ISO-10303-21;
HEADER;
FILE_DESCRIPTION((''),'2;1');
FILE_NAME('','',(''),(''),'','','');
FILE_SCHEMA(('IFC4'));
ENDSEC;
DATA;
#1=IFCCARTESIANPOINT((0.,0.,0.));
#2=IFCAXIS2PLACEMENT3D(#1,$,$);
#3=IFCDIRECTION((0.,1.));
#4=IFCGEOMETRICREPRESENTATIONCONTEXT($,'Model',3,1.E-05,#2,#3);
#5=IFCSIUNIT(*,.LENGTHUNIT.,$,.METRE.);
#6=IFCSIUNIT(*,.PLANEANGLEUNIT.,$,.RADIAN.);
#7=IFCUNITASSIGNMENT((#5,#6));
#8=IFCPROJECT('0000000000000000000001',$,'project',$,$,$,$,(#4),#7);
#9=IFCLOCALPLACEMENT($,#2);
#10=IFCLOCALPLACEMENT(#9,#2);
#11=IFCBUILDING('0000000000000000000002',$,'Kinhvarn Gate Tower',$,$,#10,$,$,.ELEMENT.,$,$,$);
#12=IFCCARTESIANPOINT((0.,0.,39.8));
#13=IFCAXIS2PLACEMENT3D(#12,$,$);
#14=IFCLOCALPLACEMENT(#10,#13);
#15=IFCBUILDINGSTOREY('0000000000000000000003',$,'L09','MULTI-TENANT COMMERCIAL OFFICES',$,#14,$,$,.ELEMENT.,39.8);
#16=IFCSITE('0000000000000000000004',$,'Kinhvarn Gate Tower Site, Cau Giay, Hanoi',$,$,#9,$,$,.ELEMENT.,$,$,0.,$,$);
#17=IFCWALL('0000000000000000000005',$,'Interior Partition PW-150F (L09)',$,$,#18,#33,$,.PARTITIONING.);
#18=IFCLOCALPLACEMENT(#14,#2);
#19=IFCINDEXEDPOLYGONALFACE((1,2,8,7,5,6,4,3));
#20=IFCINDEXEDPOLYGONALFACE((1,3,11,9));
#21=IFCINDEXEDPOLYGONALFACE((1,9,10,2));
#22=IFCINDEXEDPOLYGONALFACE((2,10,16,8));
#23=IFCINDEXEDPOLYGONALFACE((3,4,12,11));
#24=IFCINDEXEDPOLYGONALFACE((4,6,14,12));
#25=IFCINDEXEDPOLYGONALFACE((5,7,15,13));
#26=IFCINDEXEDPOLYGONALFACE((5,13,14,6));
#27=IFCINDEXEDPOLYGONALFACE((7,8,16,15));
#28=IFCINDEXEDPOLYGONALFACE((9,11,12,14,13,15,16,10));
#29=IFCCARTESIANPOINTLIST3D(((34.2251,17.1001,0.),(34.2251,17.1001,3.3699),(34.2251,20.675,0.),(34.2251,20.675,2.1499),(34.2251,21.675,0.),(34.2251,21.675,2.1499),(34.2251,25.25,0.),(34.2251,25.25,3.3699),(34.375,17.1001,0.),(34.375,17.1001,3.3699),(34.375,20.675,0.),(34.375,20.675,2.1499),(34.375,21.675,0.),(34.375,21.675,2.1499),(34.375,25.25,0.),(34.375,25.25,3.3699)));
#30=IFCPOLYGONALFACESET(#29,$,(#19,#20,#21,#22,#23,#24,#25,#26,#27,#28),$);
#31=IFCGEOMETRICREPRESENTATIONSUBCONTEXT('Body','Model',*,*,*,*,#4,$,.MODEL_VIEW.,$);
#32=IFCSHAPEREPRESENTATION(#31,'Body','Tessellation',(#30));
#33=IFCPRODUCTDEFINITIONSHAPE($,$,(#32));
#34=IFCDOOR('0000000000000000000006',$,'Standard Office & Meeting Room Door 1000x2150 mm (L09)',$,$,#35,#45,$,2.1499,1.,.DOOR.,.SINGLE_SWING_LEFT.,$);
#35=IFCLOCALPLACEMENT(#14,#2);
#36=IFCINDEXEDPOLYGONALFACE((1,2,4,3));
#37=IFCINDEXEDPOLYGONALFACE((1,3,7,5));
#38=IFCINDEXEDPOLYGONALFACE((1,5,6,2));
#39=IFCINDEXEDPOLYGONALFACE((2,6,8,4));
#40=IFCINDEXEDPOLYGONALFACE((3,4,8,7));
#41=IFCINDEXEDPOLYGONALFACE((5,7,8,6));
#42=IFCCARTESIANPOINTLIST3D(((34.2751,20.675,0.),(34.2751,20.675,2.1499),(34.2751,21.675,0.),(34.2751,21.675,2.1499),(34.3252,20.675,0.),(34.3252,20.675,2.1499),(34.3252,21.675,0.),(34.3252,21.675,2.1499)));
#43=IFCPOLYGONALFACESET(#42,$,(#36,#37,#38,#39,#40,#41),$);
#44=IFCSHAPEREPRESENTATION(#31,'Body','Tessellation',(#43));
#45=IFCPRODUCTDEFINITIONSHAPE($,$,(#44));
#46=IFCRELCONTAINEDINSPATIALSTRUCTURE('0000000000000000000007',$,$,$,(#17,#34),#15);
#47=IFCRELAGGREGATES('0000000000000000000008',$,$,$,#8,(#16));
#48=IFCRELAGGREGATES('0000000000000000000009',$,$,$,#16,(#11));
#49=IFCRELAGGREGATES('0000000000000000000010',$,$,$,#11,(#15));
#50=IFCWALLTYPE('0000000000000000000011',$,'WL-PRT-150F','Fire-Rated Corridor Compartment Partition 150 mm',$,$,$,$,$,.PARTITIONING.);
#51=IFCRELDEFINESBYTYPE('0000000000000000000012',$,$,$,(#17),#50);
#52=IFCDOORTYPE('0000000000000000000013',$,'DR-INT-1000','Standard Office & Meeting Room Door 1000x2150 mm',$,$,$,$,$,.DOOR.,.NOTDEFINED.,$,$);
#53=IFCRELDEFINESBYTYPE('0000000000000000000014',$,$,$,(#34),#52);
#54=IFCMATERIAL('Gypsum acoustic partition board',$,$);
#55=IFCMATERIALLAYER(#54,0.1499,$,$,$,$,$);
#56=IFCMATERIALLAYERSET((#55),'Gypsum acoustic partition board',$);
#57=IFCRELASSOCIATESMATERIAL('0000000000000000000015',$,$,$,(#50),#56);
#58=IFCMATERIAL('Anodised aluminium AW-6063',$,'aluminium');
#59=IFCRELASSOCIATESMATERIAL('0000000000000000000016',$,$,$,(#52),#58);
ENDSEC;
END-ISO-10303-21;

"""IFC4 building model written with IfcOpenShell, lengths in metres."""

from ifc_helpers import new_model, si_unit, direction, frame, frame_2d, origin, place, context, subcontext, project, spatial, rectangle, extrude, material, layer, layer_set, type_object, element, fill, save


model = new_model("IFC4")

# Units and contexts
model_context = context("Model", 3, precision=1e-05, world=origin(), true_north=direction((0.0, 1.0)))
body_context = subcontext(model_context, "Body", "Model", "MODEL_VIEW")
ifc_project = project(units=[si_unit("LENGTHUNIT", "METRE"), si_unit("PLANEANGLEUNIT", "RADIAN")], contexts=[model_context])

# Site, building, storey
site_placement = place(None, origin())
site = spatial("IfcSite", under=ifc_project, at=site_placement, Name="Kinhvarn Gate Tower Site, Cau Giay, Hanoi", CompositionType="ELEMENT", RefElevation=0.0)
building_placement = place(site_placement, origin())
building = spatial("IfcBuilding", under=site, at=building_placement, Name="Kinhvarn Gate Tower", CompositionType="ELEMENT")
storey_placement = place(building_placement, frame((0.0, 0.0, 39.8)))
storey = spatial("IfcBuildingStorey", under=building, at=storey_placement, Name="L09", Description="MULTI-TENANT COMMERCIAL OFFICES", CompositionType="ELEMENT", Elevation=39.8)

# Shared definitions
ifc_material_1 = material(Name="Gypsum acoustic partition board")

# Shared definitions
ifc_material_2 = material(Name="Anodised aluminium AW-6063", Category="aluminium")
ifc_layer_1 = layer(ifc_material_1, 0.1499)
ifc_layer_set_1 = layer_set([ifc_layer_1], Name="Gypsum acoustic partition board")
wall_type_1 = type_object("IfcWallType", Name="WL-PRT-150F", Description="Fire-Rated Corridor Compartment Partition 150 mm", PredefinedType="PARTITIONING", material=ifc_layer_set_1)
door_type_1 = type_object("IfcDoorType", Name="DR-INT-1000", Description="Standard Office & Meeting Room Door 1000x2150 mm", OperationType="NOTDEFINED", PredefinedType="DOOR", material=ifc_material_2)

# Wall, opening, door
wall_1_placement = place(storey_placement, frame((34.3, 17.1001, 0.0), z_axis=(0.0, 0.0, 1.0), x_axis=(0.0, 1.0, 0.0)))
wall_1 = element("IfcWall", 1, at=wall_1_placement, inside=storey, type_object=wall_type_1, Name="Interior Partition PW-150F (L09)", PredefinedType="PARTITIONING", context=body_context, shape_type="SweptSolid", body=[
    extrude(rectangle(XDim=8.1499, YDim=0.1499, at=frame_2d((4.075, 0.0))), origin(), (0.0, 0.0, 1.0), 3.3699),
])
opening_1_placement = place(wall_1_placement, frame((3.575, 0.0, 0.0)))
opening_1 = element("IfcOpeningElement", 2, at=opening_1_placement, cuts=wall_1, PredefinedType="OPENING", context=body_context, shape_type="SweptSolid", body=[
    extrude(rectangle(XDim=1.0, YDim=2.1499, at=frame_2d((0.5, 1.075))), frame((0.0, 0.085, 0.0), z_axis=(0.0, -1.0, 0.0), x_axis=(1.0, 0.0, 0.0)), (0.0, 0.0, 1.0), 0.1699),
])
door_1_placement = place(opening_1_placement, origin())
door_1 = element("IfcDoor", 3, at=door_1_placement, inside=storey, type_object=door_type_1, Name="Standard Office & Meeting Room Door 1000x2150 mm (L09)", OperationType="SINGLE_SWING_LEFT", OverallHeight=2.1499, OverallWidth=1.0, PredefinedType="DOOR", context=body_context, shape_type="SweptSolid", body=[
    extrude(rectangle(XDim=1.0, YDim=2.1499, at=frame_2d((0.5, 1.075))), frame((0.0, 0.0249, 0.0), z_axis=(0.0, -1.0, 0.0), x_axis=(1.0, 0.0, 0.0)), (0.0, 0.0, 1.0), 0.05),
])
fill(opening_1, door_1)

save(model, "model.ifc")
